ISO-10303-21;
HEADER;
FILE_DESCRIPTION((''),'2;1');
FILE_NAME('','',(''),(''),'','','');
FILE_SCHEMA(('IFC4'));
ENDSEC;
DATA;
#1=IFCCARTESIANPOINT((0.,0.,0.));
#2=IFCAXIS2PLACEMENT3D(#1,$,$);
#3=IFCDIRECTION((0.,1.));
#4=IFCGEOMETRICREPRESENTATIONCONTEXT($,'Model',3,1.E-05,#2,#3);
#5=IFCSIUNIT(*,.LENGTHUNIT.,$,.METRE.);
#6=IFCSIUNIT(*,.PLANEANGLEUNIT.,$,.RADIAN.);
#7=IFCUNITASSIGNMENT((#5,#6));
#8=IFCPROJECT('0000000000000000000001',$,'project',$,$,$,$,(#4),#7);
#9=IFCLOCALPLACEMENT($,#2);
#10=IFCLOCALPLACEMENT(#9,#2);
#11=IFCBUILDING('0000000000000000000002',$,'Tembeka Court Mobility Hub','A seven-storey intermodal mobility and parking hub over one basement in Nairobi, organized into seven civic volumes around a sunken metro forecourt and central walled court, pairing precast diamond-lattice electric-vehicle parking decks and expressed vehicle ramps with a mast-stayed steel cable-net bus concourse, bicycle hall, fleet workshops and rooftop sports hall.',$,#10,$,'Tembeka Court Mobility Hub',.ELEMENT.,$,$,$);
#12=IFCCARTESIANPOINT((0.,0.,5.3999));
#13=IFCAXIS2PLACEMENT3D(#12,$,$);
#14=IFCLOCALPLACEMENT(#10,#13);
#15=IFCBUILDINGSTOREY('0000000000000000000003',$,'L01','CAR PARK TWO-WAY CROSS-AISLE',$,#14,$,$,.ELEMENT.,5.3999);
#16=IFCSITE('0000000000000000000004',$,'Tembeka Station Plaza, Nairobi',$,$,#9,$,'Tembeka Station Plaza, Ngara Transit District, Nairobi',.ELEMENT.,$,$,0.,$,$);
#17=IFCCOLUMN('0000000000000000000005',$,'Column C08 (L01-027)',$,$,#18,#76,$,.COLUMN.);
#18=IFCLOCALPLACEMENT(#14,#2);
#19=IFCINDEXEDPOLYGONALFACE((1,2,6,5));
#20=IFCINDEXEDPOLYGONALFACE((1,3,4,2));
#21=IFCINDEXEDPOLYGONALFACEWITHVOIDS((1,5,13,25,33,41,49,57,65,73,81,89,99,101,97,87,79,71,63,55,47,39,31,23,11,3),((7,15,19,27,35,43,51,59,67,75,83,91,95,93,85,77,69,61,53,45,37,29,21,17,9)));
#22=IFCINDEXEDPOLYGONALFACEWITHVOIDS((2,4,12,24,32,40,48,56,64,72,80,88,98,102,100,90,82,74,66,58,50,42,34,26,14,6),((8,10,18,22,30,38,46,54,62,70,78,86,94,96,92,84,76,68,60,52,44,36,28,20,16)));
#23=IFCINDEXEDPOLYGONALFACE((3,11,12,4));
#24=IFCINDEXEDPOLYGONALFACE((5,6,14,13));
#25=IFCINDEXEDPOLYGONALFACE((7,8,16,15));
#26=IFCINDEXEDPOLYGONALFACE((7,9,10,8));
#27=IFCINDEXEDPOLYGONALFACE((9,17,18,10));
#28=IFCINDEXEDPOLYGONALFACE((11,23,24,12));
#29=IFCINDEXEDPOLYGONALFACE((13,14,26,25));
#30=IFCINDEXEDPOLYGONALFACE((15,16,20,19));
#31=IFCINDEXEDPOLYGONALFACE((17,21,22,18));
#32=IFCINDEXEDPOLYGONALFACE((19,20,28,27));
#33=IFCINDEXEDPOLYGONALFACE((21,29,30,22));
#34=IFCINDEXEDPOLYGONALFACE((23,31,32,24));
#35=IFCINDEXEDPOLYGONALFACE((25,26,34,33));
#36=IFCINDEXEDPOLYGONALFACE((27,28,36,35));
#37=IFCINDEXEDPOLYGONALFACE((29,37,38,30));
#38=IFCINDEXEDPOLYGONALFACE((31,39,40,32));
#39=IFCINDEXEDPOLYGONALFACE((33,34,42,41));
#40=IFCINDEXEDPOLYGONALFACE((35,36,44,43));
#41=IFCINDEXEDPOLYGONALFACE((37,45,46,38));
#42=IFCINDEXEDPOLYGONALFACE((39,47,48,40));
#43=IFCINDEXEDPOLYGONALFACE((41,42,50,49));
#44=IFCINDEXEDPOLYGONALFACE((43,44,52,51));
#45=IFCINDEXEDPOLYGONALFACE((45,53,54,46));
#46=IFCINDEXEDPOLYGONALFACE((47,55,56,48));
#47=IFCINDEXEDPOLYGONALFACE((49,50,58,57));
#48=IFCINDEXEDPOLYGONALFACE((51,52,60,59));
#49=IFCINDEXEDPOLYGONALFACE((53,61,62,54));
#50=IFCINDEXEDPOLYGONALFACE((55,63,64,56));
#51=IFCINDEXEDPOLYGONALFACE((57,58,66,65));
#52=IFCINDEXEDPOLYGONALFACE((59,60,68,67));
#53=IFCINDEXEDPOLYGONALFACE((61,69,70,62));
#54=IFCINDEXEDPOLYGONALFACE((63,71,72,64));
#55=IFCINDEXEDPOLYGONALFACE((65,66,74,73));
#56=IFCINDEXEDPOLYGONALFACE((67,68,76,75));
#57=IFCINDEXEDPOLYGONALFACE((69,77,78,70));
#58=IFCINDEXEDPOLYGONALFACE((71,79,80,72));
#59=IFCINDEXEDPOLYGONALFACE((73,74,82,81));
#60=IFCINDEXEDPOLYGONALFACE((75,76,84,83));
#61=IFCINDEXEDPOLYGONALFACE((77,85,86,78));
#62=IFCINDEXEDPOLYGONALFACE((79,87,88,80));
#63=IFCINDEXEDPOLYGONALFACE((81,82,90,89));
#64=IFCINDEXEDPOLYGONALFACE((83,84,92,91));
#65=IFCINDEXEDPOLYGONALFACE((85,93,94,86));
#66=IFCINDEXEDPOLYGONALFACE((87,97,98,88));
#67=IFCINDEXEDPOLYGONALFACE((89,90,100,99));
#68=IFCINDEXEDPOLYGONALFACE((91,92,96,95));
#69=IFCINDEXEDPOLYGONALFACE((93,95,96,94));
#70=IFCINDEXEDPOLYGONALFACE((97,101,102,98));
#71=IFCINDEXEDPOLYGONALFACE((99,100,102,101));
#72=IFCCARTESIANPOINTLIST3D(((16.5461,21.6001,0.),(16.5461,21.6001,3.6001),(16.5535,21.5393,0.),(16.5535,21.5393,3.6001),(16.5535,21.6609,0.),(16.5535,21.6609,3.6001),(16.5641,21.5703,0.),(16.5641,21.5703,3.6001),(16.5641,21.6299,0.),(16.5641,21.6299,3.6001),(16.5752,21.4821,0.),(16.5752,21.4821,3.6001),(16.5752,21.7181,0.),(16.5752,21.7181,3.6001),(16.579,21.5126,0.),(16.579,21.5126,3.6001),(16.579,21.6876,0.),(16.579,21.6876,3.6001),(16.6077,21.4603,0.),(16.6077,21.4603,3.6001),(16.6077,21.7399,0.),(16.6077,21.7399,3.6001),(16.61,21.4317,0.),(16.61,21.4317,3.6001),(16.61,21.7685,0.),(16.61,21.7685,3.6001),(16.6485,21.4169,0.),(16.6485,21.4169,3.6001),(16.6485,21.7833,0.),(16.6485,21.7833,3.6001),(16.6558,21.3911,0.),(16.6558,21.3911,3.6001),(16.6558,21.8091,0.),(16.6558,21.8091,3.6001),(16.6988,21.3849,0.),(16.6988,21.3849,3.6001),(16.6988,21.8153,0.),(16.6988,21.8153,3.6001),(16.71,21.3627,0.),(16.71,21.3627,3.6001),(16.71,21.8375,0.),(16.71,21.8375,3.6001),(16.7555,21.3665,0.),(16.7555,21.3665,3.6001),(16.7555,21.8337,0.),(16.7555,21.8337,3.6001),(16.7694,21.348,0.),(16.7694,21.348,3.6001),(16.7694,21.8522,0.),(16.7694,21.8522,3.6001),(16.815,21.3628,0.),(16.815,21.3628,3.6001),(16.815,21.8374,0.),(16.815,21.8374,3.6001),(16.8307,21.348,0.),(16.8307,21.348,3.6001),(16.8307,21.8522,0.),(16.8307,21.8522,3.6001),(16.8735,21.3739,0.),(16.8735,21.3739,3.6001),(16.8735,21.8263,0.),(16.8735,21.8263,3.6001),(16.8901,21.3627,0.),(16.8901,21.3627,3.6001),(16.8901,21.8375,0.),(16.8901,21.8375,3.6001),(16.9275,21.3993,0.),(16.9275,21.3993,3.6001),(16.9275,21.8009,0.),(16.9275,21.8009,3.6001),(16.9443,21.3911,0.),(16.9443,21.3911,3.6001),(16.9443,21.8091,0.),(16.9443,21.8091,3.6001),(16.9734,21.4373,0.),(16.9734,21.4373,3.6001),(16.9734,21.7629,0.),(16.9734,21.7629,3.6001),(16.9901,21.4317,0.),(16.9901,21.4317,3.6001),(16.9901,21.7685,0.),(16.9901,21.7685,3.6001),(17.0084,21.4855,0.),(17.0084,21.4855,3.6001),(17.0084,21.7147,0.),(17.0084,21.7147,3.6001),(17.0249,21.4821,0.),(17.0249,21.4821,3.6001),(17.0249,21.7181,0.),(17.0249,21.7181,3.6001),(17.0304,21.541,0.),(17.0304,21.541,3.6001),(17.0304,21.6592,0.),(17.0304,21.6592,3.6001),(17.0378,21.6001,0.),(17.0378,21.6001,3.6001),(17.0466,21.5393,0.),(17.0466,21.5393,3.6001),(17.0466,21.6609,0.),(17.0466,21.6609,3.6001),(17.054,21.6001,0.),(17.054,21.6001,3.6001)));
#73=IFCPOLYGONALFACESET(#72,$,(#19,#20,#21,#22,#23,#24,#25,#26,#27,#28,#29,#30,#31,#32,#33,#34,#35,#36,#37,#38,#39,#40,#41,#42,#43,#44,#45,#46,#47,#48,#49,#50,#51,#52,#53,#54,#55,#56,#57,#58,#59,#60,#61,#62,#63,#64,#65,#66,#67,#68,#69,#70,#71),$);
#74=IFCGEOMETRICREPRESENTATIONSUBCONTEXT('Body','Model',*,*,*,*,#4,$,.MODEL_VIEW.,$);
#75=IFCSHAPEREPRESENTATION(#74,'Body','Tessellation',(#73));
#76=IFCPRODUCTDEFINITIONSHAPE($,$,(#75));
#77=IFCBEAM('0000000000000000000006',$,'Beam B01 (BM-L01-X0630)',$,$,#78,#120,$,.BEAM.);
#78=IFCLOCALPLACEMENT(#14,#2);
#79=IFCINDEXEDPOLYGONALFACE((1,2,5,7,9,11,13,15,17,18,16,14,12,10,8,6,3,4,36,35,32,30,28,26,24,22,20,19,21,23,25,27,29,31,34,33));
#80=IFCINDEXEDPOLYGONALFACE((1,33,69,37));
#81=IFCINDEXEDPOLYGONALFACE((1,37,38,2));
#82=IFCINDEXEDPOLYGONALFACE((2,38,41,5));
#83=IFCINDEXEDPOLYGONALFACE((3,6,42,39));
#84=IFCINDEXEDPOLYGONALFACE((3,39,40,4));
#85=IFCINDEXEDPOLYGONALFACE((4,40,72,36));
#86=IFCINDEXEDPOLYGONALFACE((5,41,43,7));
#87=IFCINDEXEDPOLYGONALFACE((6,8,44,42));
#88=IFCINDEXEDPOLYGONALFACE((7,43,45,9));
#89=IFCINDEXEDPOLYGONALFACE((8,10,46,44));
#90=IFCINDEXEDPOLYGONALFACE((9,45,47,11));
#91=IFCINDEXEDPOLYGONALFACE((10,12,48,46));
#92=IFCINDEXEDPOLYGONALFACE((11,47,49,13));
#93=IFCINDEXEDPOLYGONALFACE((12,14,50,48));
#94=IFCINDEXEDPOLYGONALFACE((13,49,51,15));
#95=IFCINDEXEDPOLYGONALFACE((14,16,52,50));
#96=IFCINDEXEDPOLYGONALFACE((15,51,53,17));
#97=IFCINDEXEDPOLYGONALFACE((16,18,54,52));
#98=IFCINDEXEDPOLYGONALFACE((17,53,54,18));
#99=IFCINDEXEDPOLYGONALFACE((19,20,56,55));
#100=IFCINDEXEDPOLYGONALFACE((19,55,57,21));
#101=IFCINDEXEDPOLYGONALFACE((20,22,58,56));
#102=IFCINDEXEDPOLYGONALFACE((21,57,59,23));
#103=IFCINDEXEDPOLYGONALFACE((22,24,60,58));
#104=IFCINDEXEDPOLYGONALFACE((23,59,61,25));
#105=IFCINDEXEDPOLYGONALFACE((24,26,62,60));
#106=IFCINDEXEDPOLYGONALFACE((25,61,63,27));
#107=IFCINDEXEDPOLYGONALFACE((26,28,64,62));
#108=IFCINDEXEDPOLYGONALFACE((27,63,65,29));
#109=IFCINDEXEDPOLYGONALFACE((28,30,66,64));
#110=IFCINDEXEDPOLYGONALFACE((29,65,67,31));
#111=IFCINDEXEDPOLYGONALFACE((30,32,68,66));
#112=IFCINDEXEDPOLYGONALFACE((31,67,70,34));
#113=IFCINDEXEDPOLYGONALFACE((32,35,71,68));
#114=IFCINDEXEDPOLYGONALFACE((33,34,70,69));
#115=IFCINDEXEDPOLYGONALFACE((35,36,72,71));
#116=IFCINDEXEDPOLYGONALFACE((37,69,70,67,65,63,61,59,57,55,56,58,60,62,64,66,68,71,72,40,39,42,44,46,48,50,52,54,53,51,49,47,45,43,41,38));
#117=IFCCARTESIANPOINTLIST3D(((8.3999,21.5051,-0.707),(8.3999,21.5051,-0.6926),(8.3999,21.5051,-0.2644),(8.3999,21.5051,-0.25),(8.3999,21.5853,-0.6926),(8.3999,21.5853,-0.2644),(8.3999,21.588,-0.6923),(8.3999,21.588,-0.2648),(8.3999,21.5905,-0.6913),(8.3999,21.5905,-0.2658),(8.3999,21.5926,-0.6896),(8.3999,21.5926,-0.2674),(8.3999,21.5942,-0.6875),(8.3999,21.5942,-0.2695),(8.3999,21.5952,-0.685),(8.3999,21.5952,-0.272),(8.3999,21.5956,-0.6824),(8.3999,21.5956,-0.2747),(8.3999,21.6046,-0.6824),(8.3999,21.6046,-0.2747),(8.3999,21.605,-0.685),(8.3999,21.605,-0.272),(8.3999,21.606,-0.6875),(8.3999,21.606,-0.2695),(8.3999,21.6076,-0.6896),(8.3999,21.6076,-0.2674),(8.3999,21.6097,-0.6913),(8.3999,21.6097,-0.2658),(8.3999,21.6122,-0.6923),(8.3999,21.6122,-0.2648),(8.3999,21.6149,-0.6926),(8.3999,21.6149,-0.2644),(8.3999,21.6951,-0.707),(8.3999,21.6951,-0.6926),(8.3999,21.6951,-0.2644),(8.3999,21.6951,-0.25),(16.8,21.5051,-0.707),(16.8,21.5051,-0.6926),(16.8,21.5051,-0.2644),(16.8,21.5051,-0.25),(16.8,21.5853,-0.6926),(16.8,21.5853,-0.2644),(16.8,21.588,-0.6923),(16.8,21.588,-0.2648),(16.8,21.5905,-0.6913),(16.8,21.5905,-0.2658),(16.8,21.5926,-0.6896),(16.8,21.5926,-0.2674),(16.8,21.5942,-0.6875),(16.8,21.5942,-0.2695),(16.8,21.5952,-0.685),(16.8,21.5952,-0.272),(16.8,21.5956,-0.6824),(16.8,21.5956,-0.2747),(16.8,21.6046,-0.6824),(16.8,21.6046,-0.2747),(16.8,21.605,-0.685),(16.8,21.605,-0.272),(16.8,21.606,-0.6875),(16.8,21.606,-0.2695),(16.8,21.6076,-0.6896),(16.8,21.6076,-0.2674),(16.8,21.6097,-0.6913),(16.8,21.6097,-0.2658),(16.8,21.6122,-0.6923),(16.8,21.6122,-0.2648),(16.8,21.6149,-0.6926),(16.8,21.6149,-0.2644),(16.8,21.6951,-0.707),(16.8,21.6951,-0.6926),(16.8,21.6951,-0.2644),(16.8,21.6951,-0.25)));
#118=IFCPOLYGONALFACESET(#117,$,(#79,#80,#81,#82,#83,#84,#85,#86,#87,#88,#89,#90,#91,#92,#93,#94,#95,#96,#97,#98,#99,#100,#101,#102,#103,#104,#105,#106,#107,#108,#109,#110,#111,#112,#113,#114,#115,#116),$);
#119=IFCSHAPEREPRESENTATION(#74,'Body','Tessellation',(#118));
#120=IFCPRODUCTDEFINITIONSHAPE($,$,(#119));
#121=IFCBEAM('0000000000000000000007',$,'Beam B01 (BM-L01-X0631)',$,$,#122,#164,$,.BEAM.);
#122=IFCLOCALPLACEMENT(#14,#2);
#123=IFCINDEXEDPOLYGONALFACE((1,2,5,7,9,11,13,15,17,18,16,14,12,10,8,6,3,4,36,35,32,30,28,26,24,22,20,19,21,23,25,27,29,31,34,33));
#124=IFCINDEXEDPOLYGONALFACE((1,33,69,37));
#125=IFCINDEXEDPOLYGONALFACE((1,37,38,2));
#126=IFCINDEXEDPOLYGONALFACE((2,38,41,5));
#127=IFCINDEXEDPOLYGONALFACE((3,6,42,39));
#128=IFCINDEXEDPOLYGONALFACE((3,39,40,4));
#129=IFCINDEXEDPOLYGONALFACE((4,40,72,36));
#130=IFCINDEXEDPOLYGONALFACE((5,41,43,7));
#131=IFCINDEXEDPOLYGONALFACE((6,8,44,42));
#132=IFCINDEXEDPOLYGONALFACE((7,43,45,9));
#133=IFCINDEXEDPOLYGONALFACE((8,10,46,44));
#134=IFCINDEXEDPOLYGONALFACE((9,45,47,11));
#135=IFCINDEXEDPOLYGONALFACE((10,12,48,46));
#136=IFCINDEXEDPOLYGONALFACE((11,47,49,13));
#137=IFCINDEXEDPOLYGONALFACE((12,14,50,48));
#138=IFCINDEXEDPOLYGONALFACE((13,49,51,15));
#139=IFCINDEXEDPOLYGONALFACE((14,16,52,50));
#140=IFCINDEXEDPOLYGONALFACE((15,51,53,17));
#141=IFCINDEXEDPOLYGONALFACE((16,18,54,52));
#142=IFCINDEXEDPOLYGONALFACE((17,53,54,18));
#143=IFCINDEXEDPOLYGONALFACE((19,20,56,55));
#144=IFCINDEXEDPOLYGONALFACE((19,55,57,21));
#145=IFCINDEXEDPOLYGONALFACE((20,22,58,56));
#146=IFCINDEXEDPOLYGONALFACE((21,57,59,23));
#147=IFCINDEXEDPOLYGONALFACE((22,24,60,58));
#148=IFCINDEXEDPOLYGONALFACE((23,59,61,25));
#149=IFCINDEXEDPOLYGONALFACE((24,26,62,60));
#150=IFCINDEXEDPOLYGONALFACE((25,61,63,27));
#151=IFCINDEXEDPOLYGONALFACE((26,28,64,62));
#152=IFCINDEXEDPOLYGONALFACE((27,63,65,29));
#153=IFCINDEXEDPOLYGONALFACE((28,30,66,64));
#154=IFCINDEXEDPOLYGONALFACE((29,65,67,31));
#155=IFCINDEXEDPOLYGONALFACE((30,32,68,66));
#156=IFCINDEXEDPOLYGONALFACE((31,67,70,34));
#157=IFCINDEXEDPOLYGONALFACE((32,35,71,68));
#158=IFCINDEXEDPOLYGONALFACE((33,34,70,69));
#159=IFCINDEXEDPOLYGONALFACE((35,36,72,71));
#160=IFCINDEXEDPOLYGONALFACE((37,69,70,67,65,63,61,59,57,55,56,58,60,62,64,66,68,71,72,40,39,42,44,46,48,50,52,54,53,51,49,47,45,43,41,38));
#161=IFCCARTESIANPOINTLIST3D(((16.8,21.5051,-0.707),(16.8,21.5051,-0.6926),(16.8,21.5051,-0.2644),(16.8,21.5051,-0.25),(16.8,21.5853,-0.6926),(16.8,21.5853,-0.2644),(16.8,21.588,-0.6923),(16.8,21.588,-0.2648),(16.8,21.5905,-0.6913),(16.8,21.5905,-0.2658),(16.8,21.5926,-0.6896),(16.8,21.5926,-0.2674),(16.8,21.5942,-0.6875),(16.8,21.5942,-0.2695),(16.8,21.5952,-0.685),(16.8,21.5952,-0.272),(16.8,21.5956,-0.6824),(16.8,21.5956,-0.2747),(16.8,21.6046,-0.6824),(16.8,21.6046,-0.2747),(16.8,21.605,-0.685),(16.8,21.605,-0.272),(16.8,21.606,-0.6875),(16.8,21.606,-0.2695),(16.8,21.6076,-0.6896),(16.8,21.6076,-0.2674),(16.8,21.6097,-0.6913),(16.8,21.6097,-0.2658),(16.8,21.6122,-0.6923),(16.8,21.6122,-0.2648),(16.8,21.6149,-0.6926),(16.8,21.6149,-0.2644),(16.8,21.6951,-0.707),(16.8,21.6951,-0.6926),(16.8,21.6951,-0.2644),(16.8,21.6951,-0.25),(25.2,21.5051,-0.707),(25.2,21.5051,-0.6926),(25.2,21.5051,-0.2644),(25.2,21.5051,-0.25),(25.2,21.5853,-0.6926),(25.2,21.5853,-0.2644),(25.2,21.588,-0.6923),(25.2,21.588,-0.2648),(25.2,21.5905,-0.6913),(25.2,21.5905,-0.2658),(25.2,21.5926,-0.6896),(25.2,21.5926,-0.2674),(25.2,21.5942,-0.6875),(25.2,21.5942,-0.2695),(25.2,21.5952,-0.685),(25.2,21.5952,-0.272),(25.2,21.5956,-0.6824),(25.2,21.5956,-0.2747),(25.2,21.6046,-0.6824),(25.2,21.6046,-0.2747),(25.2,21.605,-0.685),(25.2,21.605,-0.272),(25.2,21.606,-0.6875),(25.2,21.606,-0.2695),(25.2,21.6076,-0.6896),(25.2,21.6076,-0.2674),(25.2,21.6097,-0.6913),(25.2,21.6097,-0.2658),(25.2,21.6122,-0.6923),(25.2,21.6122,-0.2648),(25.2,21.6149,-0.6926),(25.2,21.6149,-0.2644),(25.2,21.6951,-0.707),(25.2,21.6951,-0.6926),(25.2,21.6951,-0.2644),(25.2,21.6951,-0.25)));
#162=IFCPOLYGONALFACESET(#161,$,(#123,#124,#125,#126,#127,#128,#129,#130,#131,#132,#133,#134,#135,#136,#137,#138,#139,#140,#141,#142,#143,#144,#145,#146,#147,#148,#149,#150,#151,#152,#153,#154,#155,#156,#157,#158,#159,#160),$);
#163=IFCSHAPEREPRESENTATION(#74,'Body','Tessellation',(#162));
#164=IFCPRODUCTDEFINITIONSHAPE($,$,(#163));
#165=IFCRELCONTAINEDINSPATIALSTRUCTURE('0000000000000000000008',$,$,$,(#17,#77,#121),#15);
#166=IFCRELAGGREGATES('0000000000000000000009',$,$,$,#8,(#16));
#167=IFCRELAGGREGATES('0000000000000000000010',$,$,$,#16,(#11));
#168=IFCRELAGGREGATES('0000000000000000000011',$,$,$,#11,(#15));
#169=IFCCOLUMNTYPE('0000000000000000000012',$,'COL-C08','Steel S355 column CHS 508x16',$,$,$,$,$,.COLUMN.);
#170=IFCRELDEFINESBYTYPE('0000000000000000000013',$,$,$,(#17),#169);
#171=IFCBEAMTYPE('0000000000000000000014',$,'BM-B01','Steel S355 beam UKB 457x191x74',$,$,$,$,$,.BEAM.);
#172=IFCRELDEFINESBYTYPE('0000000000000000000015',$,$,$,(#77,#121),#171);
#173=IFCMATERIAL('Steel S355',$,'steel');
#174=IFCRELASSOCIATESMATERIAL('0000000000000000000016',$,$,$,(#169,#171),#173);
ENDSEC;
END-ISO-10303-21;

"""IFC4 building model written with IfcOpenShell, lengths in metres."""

from ifc_helpers import new_model, si_unit, direction, frame, origin, origin_2d, place, context, subcontext, project, spatial, hollow_circle, i_section, extrude, material, material_profile, profile_set, type_object, element, save


model = new_model("IFC4")

# Units and contexts
model_context = context("Model", 3, precision=1e-05, world=origin(), true_north=direction((0.0, 1.0)))
body_context = subcontext(model_context, "Body", "Model", "MODEL_VIEW")
ifc_project = project(units=[si_unit("LENGTHUNIT", "METRE"), si_unit("PLANEANGLEUNIT", "RADIAN")], contexts=[model_context])

# Site, building, storey
site_placement = place(None, origin())
site = spatial("IfcSite", under=ifc_project, at=site_placement, Name="Tembeka Station Plaza, Nairobi", LongName="Tembeka Station Plaza, Ngara Transit District, Nairobi", CompositionType="ELEMENT", RefElevation=0.0)
building_placement = place(site_placement, origin())
building = spatial("IfcBuilding", under=site, at=building_placement, Name="Tembeka Court Mobility Hub", Description="A seven-storey intermodal mobility and parking hub over one basement in Nairobi, organized into seven civic volumes around a sunken metro forecourt and central walled court, pairing precast diamond-lattice electric-vehicle parking decks and expressed vehicle ramps with a mast-stayed steel cable-net bus concourse, bicycle hall, fleet workshops and rooftop sports hall.", LongName="Tembeka Court Mobility Hub", CompositionType="ELEMENT")
storey_placement = place(building_placement, frame((0.0, 0.0, 5.3999)))
storey = spatial("IfcBuildingStorey", under=building, at=storey_placement, Name="L01", Description="CAR PARK TWO-WAY CROSS-AISLE", CompositionType="ELEMENT", Elevation=5.3999)

# Column
ifc_material_1 = material(Name="Steel S355", Category="steel")
ifc_material_profile_1 = material_profile(ifc_material_1, hollow_circle(Radius=0.2539, WallThickness=0.0161, at=origin_2d()), Name="CHS 508x16")
ifc_profile_set_1 = profile_set([ifc_material_profile_1], Name="Steel S355")
column_type_1 = type_object("IfcColumnType", Name="COL-C08", Description="Steel S355 column CHS 508x16", PredefinedType="COLUMN", material=ifc_profile_set_1)
for number, where, z_axis, x_axis, name in (
    (1, (16.8, 21.6001, 0.0), (0.0, 0.0, 1.0), (1.0, 0.0, 0.0), "Column C08 (L01-027)"),
):
    element("IfcColumn", number, at=place(storey_placement, frame(where, z_axis=z_axis, x_axis=x_axis)), inside=storey, type_object=column_type_1, Name=name, PredefinedType="COLUMN", context=body_context, shape_type="SweptSolid", body=[
        extrude(hollow_circle(Radius=0.2539, WallThickness=0.0161, at=origin_2d()), origin(), (0.0, 0.0, 1.0), 3.6001),
    ])

# Beams
ifc_material_profile_2 = material_profile(ifc_material_1, i_section(OverallWidth=0.1899, OverallDepth=0.457, WebThickness=0.009, FlangeThickness=0.0144, FilletRadius=0.0103, at=origin_2d()), Name="UKB 457x191x74")
ifc_profile_set_2 = profile_set([ifc_material_profile_2], Name="Steel S355")
beam_type_1 = type_object("IfcBeamType", Name="BM-B01", Description="Steel S355 beam UKB 457x191x74", PredefinedType="BEAM", material=ifc_profile_set_2)
beam_1_placement = place(storey_placement, frame((8.3999, 21.6001, -0.4785), z_axis=(1.0, 0.0, 0.0), x_axis=(0.0, 1.0, 0.0)))
element("IfcBeam", 2, at=beam_1_placement, inside=storey, type_object=beam_type_1, Name="Beam B01 (BM-L01-X0630)", PredefinedType="BEAM", context=body_context, shape_type="SweptSolid", body=[
    extrude(i_section(OverallWidth=0.1899, OverallDepth=0.457, WebThickness=0.009, FlangeThickness=0.0144, FilletRadius=0.0103, at=origin_2d()), origin(), (0.0, 0.0, 1.0), 8.4001),
])
beam_2_placement = place(storey_placement, frame((16.8, 21.6001, -0.4785), z_axis=(1.0, 0.0, 0.0), x_axis=(0.0, 1.0, 0.0)))
element("IfcBeam", 3, at=beam_2_placement, inside=storey, type_object=beam_type_1, Name="Beam B01 (BM-L01-X0631)", PredefinedType="BEAM", context=body_context, shape_type="SweptSolid", body=[
    extrude(i_section(OverallWidth=0.1899, OverallDepth=0.457, WebThickness=0.009, FlangeThickness=0.0144, FilletRadius=0.0103, at=origin_2d()), origin(), (0.0, 0.0, 1.0), 8.3999),
])

save(model, "model.ifc")
